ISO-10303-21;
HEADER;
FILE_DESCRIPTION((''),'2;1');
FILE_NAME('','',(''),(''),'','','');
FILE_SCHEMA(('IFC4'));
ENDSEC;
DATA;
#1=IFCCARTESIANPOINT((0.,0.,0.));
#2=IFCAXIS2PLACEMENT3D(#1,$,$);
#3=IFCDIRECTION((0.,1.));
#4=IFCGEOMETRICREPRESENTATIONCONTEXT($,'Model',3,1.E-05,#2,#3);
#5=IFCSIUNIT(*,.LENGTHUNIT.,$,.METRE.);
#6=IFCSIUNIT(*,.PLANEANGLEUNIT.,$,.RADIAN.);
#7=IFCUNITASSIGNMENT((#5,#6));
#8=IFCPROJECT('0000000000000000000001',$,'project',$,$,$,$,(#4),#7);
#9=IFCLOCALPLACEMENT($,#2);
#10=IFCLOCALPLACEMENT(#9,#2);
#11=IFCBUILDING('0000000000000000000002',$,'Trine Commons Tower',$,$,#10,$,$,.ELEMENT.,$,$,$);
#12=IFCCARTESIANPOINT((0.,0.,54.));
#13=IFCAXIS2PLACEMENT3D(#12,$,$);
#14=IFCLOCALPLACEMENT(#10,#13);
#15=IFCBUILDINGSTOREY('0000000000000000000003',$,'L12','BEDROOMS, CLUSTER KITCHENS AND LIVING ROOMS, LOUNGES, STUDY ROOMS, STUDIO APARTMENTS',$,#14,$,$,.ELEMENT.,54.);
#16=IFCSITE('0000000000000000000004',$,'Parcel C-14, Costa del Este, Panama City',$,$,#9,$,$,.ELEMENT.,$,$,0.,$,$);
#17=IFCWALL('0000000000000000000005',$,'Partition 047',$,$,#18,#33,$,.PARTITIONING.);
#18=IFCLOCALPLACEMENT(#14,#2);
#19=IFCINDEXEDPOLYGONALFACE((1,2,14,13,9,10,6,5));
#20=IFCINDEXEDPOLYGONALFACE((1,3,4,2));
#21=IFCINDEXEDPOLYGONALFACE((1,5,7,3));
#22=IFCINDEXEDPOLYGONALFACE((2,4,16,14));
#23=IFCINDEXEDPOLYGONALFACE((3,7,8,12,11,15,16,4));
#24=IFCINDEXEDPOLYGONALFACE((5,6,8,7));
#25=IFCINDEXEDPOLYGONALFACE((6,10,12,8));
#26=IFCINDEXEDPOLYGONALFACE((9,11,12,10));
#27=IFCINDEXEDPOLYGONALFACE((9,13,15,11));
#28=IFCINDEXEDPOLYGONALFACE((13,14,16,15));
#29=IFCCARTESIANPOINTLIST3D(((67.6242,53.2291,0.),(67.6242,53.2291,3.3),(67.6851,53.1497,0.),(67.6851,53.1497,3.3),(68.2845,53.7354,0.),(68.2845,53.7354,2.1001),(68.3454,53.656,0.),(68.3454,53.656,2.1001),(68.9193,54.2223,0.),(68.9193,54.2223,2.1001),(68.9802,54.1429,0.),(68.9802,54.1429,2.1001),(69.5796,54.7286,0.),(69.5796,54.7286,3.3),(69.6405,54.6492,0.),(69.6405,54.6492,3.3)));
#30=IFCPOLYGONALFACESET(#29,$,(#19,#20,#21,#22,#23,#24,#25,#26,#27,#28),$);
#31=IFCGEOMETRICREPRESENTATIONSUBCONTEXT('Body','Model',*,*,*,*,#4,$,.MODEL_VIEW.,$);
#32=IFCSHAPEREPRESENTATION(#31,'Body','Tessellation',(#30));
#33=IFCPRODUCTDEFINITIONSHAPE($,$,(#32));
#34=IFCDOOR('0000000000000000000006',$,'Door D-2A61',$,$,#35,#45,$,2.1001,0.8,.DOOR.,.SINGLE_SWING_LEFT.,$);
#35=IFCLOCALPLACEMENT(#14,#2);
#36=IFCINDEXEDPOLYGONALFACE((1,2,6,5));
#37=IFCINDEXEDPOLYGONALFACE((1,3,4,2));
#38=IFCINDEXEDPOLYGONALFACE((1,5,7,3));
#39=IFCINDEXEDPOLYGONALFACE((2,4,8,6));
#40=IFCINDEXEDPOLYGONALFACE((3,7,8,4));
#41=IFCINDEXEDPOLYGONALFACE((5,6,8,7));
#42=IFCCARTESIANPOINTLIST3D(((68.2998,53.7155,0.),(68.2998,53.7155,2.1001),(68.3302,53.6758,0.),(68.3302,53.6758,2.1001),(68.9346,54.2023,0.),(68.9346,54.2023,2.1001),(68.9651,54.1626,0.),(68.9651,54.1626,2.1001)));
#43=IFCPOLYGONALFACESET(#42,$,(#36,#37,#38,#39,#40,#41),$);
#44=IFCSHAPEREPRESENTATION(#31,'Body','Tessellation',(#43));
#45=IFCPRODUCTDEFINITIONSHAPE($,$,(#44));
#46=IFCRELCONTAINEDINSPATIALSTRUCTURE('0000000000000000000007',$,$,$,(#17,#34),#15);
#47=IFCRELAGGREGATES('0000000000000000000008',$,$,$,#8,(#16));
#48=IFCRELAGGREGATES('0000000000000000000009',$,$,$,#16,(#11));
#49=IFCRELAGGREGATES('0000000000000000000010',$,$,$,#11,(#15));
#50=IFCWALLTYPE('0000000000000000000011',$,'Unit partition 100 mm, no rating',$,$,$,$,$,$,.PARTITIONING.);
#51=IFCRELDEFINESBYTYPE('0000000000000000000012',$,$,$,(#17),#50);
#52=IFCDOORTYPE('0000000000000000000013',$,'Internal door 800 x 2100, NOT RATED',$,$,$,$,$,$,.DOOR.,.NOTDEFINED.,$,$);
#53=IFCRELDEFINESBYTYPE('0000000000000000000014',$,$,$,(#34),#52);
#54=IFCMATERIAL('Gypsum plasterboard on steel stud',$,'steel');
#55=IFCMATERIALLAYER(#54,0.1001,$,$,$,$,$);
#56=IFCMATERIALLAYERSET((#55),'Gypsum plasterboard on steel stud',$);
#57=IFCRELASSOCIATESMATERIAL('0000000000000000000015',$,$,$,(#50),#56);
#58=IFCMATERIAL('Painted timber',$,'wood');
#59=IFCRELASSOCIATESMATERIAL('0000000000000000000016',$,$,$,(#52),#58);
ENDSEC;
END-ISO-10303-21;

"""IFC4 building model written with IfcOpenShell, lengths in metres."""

from ifc_helpers import new_model, si_unit, direction, frame, frame_2d, origin, place, context, subcontext, project, spatial, rectangle, extrude, material, layer, layer_set, type_object, element, fill, save


model = new_model("IFC4")

# Units and contexts
model_context = context("Model", 3, precision=1e-05, world=origin(), true_north=direction((0.0, 1.0)))
body_context = subcontext(model_context, "Body", "Model", "MODEL_VIEW")
ifc_project = project(units=[si_unit("LENGTHUNIT", "METRE"), si_unit("PLANEANGLEUNIT", "RADIAN")], contexts=[model_context])

# Site, building, storey
site_placement = place(None, origin())
site = spatial("IfcSite", under=ifc_project, at=site_placement, Name="Parcel C-14, Costa del Este, Panama City", CompositionType="ELEMENT", RefElevation=0.0)
building_placement = place(site_placement, origin())
building = spatial("IfcBuilding", under=site, at=building_placement, Name="Trine Commons Tower", CompositionType="ELEMENT")
storey_placement = place(building_placement, frame((0.0, 0.0, 54.0)))
storey = spatial("IfcBuildingStorey", under=building, at=storey_placement, Name="L12", Description="BEDROOMS, CLUSTER KITCHENS AND LIVING ROOMS, LOUNGES, STUDY ROOMS, STUDIO APARTMENTS", CompositionType="ELEMENT", Elevation=54.0)

# Shared definitions
ifc_material_1 = material(Name="Gypsum plasterboard on steel stud", Category="steel")

# Shared definitions
ifc_material_2 = material(Name="Painted timber", Category="wood")

# Shared definitions
ifc_layer_1 = layer(ifc_material_1, 0.1001)
ifc_layer_set_1 = layer_set([ifc_layer_1], Name="Gypsum plasterboard on steel stud")
wall_type_1 = type_object("IfcWallType", Name="Unit partition 100 mm, no rating", PredefinedType="PARTITIONING", material=ifc_layer_set_1)

# Shared definitions
door_type_1 = type_object("IfcDoorType", Name="Internal door 800 x 2100, NOT RATED", OperationType="NOTDEFINED", PredefinedType="DOOR", material=ifc_material_2)

# Wall, opening, door
wall_1_placement = place(storey_placement, frame((67.6548, 53.1895, 0.0), z_axis=(0.0, 0.0, 1.0), x_axis=(0.793522, 0.608542, 0.0)))
wall_1 = element("IfcWall", 1, at=wall_1_placement, inside=storey, type_object=wall_type_1, Name="Partition 047", PredefinedType="PARTITIONING", context=body_context, shape_type="SweptSolid", body=[
    extrude(rectangle(XDim=2.4641, YDim=0.1001, at=frame_2d((1.2319, 0.0))), origin(), (0.0, 0.0, 1.0), 3.3),
])
opening_1_placement = place(wall_1_placement, frame((0.832, 0.0, 0.0)))
opening_1 = element("IfcOpeningElement", 2, at=opening_1_placement, cuts=wall_1, PredefinedType="OPENING", context=body_context, shape_type="SweptSolid", body=[
    extrude(rectangle(XDim=0.8, YDim=2.1001, at=frame_2d((0.3999, 1.05))), frame((0.0, 0.0601, 0.0), z_axis=(0.0, -1.0, 0.0), x_axis=(1.0, 0.0, 0.0)), (0.0, 0.0, 1.0), 0.1201),
])
door_1_placement = place(opening_1_placement, origin())
door_1 = element("IfcDoor", 3, at=door_1_placement, inside=storey, type_object=door_type_1, Name="Door D-2A61", OperationType="SINGLE_SWING_LEFT", OverallHeight=2.1001, OverallWidth=0.8, PredefinedType="DOOR", context=body_context, shape_type="SweptSolid", body=[
    extrude(rectangle(XDim=0.8, YDim=2.1001, at=frame_2d((0.3999, 1.05))), frame((0.0, 0.0249, 0.0), z_axis=(0.0, -1.0, 0.0), x_axis=(1.0, 0.0, 0.0)), (0.0, 0.0, 1.0), 0.05),
])
fill(opening_1, door_1)

save(model, "model.ifc")
